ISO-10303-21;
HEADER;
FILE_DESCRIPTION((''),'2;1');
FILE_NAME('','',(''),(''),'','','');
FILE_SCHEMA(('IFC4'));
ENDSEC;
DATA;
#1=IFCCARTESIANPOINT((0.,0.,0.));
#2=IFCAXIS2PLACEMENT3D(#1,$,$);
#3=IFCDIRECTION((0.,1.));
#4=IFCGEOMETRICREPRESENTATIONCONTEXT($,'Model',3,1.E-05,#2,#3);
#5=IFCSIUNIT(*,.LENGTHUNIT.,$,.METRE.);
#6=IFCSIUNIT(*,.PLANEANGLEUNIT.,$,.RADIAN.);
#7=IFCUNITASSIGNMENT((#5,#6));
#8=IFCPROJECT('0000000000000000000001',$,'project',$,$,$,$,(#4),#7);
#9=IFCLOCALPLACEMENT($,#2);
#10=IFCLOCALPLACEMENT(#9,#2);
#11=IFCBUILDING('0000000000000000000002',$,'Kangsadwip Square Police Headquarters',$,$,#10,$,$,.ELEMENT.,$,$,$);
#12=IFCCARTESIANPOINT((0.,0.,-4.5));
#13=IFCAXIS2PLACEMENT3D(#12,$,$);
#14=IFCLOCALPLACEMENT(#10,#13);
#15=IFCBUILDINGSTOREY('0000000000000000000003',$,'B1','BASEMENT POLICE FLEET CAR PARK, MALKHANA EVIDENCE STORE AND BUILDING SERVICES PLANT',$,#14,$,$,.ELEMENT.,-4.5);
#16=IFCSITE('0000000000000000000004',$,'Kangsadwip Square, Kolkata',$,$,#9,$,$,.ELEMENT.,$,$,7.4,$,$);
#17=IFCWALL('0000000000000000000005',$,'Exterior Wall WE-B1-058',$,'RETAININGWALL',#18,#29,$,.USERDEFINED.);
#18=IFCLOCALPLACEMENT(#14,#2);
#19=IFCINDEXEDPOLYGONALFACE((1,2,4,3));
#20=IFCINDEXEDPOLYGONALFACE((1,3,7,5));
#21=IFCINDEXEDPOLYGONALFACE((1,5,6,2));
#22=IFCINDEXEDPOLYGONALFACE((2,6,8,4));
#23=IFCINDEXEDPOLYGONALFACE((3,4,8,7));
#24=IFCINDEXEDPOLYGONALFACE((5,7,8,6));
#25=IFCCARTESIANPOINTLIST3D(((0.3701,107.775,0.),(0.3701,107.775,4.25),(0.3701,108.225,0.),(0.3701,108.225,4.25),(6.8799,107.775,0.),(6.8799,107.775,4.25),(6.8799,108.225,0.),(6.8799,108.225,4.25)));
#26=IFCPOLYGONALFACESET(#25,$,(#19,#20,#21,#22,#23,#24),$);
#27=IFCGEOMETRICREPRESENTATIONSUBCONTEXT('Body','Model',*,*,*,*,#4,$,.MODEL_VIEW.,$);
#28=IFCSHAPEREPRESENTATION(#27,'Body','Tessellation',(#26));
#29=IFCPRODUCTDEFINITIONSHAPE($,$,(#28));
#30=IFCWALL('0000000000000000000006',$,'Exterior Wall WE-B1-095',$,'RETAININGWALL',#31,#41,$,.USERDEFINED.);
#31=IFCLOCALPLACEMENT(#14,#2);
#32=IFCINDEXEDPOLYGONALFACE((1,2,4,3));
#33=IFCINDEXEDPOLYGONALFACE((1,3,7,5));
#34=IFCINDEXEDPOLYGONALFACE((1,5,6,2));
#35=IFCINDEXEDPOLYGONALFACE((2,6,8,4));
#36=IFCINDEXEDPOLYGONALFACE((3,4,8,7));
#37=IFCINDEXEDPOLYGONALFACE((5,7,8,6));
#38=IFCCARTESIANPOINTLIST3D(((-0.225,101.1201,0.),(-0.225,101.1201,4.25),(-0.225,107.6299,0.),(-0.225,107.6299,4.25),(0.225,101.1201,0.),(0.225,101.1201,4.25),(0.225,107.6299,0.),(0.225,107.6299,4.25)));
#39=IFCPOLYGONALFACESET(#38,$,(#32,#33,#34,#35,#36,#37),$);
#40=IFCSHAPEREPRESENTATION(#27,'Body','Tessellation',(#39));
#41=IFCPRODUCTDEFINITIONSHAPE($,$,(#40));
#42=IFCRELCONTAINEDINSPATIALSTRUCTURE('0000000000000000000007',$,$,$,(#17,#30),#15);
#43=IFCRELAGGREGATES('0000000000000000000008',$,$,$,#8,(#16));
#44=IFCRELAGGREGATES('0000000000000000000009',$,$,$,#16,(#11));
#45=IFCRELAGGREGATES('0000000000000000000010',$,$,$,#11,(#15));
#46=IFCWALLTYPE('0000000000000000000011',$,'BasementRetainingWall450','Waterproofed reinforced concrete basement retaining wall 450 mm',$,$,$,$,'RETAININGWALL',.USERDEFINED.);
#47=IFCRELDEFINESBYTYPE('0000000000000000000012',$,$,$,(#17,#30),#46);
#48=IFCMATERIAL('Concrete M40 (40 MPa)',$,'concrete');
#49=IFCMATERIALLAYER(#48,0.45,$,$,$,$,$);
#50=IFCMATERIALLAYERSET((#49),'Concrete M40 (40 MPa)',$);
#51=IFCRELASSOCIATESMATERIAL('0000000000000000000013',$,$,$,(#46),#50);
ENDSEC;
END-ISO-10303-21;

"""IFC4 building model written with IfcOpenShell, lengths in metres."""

from ifc_helpers import new_model, si_unit, direction, frame, frame_2d, origin, place, context, subcontext, project, spatial, rectangle, extrude, material, layer, layer_set, type_object, element, save


model = new_model("IFC4")

# Units and contexts
model_context = context("Model", 3, precision=1e-05, world=origin(), true_north=direction((0.0, 1.0)))
body_context = subcontext(model_context, "Body", "Model", "MODEL_VIEW")
ifc_project = project(units=[si_unit("LENGTHUNIT", "METRE"), si_unit("PLANEANGLEUNIT", "RADIAN")], contexts=[model_context])

# Site, building, storey
site_placement = place(None, origin())
site = spatial("IfcSite", under=ifc_project, at=site_placement, Name="Kangsadwip Square, Kolkata", CompositionType="ELEMENT", RefElevation=7.4)
building_placement = place(site_placement, origin())
building = spatial("IfcBuilding", under=site, at=building_placement, Name="Kangsadwip Square Police Headquarters", CompositionType="ELEMENT")
storey_placement = place(building_placement, frame((0.0, 0.0, -4.5)))
storey = spatial("IfcBuildingStorey", under=building, at=storey_placement, Name="B1", Description="BASEMENT POLICE FLEET CAR PARK, MALKHANA EVIDENCE STORE AND BUILDING SERVICES PLANT", CompositionType="ELEMENT", Elevation=-4.5)

# Walls
ifc_material_1 = material(Name="Concrete M40 (40 MPa)", Category="concrete")
ifc_layer = layer(ifc_material_1, 0.45)
ifc_layer_set = layer_set([ifc_layer], Name="Concrete M40 (40 MPa)")
wall_type = type_object("IfcWallType", Name="BasementRetainingWall450", Description="Waterproofed reinforced concrete basement retaining wall 450 mm", ElementType="RETAININGWALL", PredefinedType="USERDEFINED", material=ifc_layer_set)
for number, where, z_axis, x_axis, name in (
    (1, (0.3701, 108.0, 0.0), (0.0, 0.0, 1.0), (1.0, 0.0, 0.0), "Exterior Wall WE-B1-058"),
    (2, (0.0, 101.1201, 0.0), (0.0, 0.0, 1.0), (0.0, 1.0, 0.0), "Exterior Wall WE-B1-095"),
):
    element("IfcWall", number, at=place(storey_placement, frame(where, z_axis=z_axis, x_axis=x_axis)), inside=storey, type_object=wall_type, Name=name, ObjectType="RETAININGWALL", PredefinedType="USERDEFINED", context=body_context, shape_type="SweptSolid", body=[
        extrude(rectangle(XDim=6.5098, YDim=0.45, at=frame_2d((3.2549, 0.0))), origin(), (0.0, 0.0, 1.0), 4.25),
    ])

save(model, "model.ifc")
